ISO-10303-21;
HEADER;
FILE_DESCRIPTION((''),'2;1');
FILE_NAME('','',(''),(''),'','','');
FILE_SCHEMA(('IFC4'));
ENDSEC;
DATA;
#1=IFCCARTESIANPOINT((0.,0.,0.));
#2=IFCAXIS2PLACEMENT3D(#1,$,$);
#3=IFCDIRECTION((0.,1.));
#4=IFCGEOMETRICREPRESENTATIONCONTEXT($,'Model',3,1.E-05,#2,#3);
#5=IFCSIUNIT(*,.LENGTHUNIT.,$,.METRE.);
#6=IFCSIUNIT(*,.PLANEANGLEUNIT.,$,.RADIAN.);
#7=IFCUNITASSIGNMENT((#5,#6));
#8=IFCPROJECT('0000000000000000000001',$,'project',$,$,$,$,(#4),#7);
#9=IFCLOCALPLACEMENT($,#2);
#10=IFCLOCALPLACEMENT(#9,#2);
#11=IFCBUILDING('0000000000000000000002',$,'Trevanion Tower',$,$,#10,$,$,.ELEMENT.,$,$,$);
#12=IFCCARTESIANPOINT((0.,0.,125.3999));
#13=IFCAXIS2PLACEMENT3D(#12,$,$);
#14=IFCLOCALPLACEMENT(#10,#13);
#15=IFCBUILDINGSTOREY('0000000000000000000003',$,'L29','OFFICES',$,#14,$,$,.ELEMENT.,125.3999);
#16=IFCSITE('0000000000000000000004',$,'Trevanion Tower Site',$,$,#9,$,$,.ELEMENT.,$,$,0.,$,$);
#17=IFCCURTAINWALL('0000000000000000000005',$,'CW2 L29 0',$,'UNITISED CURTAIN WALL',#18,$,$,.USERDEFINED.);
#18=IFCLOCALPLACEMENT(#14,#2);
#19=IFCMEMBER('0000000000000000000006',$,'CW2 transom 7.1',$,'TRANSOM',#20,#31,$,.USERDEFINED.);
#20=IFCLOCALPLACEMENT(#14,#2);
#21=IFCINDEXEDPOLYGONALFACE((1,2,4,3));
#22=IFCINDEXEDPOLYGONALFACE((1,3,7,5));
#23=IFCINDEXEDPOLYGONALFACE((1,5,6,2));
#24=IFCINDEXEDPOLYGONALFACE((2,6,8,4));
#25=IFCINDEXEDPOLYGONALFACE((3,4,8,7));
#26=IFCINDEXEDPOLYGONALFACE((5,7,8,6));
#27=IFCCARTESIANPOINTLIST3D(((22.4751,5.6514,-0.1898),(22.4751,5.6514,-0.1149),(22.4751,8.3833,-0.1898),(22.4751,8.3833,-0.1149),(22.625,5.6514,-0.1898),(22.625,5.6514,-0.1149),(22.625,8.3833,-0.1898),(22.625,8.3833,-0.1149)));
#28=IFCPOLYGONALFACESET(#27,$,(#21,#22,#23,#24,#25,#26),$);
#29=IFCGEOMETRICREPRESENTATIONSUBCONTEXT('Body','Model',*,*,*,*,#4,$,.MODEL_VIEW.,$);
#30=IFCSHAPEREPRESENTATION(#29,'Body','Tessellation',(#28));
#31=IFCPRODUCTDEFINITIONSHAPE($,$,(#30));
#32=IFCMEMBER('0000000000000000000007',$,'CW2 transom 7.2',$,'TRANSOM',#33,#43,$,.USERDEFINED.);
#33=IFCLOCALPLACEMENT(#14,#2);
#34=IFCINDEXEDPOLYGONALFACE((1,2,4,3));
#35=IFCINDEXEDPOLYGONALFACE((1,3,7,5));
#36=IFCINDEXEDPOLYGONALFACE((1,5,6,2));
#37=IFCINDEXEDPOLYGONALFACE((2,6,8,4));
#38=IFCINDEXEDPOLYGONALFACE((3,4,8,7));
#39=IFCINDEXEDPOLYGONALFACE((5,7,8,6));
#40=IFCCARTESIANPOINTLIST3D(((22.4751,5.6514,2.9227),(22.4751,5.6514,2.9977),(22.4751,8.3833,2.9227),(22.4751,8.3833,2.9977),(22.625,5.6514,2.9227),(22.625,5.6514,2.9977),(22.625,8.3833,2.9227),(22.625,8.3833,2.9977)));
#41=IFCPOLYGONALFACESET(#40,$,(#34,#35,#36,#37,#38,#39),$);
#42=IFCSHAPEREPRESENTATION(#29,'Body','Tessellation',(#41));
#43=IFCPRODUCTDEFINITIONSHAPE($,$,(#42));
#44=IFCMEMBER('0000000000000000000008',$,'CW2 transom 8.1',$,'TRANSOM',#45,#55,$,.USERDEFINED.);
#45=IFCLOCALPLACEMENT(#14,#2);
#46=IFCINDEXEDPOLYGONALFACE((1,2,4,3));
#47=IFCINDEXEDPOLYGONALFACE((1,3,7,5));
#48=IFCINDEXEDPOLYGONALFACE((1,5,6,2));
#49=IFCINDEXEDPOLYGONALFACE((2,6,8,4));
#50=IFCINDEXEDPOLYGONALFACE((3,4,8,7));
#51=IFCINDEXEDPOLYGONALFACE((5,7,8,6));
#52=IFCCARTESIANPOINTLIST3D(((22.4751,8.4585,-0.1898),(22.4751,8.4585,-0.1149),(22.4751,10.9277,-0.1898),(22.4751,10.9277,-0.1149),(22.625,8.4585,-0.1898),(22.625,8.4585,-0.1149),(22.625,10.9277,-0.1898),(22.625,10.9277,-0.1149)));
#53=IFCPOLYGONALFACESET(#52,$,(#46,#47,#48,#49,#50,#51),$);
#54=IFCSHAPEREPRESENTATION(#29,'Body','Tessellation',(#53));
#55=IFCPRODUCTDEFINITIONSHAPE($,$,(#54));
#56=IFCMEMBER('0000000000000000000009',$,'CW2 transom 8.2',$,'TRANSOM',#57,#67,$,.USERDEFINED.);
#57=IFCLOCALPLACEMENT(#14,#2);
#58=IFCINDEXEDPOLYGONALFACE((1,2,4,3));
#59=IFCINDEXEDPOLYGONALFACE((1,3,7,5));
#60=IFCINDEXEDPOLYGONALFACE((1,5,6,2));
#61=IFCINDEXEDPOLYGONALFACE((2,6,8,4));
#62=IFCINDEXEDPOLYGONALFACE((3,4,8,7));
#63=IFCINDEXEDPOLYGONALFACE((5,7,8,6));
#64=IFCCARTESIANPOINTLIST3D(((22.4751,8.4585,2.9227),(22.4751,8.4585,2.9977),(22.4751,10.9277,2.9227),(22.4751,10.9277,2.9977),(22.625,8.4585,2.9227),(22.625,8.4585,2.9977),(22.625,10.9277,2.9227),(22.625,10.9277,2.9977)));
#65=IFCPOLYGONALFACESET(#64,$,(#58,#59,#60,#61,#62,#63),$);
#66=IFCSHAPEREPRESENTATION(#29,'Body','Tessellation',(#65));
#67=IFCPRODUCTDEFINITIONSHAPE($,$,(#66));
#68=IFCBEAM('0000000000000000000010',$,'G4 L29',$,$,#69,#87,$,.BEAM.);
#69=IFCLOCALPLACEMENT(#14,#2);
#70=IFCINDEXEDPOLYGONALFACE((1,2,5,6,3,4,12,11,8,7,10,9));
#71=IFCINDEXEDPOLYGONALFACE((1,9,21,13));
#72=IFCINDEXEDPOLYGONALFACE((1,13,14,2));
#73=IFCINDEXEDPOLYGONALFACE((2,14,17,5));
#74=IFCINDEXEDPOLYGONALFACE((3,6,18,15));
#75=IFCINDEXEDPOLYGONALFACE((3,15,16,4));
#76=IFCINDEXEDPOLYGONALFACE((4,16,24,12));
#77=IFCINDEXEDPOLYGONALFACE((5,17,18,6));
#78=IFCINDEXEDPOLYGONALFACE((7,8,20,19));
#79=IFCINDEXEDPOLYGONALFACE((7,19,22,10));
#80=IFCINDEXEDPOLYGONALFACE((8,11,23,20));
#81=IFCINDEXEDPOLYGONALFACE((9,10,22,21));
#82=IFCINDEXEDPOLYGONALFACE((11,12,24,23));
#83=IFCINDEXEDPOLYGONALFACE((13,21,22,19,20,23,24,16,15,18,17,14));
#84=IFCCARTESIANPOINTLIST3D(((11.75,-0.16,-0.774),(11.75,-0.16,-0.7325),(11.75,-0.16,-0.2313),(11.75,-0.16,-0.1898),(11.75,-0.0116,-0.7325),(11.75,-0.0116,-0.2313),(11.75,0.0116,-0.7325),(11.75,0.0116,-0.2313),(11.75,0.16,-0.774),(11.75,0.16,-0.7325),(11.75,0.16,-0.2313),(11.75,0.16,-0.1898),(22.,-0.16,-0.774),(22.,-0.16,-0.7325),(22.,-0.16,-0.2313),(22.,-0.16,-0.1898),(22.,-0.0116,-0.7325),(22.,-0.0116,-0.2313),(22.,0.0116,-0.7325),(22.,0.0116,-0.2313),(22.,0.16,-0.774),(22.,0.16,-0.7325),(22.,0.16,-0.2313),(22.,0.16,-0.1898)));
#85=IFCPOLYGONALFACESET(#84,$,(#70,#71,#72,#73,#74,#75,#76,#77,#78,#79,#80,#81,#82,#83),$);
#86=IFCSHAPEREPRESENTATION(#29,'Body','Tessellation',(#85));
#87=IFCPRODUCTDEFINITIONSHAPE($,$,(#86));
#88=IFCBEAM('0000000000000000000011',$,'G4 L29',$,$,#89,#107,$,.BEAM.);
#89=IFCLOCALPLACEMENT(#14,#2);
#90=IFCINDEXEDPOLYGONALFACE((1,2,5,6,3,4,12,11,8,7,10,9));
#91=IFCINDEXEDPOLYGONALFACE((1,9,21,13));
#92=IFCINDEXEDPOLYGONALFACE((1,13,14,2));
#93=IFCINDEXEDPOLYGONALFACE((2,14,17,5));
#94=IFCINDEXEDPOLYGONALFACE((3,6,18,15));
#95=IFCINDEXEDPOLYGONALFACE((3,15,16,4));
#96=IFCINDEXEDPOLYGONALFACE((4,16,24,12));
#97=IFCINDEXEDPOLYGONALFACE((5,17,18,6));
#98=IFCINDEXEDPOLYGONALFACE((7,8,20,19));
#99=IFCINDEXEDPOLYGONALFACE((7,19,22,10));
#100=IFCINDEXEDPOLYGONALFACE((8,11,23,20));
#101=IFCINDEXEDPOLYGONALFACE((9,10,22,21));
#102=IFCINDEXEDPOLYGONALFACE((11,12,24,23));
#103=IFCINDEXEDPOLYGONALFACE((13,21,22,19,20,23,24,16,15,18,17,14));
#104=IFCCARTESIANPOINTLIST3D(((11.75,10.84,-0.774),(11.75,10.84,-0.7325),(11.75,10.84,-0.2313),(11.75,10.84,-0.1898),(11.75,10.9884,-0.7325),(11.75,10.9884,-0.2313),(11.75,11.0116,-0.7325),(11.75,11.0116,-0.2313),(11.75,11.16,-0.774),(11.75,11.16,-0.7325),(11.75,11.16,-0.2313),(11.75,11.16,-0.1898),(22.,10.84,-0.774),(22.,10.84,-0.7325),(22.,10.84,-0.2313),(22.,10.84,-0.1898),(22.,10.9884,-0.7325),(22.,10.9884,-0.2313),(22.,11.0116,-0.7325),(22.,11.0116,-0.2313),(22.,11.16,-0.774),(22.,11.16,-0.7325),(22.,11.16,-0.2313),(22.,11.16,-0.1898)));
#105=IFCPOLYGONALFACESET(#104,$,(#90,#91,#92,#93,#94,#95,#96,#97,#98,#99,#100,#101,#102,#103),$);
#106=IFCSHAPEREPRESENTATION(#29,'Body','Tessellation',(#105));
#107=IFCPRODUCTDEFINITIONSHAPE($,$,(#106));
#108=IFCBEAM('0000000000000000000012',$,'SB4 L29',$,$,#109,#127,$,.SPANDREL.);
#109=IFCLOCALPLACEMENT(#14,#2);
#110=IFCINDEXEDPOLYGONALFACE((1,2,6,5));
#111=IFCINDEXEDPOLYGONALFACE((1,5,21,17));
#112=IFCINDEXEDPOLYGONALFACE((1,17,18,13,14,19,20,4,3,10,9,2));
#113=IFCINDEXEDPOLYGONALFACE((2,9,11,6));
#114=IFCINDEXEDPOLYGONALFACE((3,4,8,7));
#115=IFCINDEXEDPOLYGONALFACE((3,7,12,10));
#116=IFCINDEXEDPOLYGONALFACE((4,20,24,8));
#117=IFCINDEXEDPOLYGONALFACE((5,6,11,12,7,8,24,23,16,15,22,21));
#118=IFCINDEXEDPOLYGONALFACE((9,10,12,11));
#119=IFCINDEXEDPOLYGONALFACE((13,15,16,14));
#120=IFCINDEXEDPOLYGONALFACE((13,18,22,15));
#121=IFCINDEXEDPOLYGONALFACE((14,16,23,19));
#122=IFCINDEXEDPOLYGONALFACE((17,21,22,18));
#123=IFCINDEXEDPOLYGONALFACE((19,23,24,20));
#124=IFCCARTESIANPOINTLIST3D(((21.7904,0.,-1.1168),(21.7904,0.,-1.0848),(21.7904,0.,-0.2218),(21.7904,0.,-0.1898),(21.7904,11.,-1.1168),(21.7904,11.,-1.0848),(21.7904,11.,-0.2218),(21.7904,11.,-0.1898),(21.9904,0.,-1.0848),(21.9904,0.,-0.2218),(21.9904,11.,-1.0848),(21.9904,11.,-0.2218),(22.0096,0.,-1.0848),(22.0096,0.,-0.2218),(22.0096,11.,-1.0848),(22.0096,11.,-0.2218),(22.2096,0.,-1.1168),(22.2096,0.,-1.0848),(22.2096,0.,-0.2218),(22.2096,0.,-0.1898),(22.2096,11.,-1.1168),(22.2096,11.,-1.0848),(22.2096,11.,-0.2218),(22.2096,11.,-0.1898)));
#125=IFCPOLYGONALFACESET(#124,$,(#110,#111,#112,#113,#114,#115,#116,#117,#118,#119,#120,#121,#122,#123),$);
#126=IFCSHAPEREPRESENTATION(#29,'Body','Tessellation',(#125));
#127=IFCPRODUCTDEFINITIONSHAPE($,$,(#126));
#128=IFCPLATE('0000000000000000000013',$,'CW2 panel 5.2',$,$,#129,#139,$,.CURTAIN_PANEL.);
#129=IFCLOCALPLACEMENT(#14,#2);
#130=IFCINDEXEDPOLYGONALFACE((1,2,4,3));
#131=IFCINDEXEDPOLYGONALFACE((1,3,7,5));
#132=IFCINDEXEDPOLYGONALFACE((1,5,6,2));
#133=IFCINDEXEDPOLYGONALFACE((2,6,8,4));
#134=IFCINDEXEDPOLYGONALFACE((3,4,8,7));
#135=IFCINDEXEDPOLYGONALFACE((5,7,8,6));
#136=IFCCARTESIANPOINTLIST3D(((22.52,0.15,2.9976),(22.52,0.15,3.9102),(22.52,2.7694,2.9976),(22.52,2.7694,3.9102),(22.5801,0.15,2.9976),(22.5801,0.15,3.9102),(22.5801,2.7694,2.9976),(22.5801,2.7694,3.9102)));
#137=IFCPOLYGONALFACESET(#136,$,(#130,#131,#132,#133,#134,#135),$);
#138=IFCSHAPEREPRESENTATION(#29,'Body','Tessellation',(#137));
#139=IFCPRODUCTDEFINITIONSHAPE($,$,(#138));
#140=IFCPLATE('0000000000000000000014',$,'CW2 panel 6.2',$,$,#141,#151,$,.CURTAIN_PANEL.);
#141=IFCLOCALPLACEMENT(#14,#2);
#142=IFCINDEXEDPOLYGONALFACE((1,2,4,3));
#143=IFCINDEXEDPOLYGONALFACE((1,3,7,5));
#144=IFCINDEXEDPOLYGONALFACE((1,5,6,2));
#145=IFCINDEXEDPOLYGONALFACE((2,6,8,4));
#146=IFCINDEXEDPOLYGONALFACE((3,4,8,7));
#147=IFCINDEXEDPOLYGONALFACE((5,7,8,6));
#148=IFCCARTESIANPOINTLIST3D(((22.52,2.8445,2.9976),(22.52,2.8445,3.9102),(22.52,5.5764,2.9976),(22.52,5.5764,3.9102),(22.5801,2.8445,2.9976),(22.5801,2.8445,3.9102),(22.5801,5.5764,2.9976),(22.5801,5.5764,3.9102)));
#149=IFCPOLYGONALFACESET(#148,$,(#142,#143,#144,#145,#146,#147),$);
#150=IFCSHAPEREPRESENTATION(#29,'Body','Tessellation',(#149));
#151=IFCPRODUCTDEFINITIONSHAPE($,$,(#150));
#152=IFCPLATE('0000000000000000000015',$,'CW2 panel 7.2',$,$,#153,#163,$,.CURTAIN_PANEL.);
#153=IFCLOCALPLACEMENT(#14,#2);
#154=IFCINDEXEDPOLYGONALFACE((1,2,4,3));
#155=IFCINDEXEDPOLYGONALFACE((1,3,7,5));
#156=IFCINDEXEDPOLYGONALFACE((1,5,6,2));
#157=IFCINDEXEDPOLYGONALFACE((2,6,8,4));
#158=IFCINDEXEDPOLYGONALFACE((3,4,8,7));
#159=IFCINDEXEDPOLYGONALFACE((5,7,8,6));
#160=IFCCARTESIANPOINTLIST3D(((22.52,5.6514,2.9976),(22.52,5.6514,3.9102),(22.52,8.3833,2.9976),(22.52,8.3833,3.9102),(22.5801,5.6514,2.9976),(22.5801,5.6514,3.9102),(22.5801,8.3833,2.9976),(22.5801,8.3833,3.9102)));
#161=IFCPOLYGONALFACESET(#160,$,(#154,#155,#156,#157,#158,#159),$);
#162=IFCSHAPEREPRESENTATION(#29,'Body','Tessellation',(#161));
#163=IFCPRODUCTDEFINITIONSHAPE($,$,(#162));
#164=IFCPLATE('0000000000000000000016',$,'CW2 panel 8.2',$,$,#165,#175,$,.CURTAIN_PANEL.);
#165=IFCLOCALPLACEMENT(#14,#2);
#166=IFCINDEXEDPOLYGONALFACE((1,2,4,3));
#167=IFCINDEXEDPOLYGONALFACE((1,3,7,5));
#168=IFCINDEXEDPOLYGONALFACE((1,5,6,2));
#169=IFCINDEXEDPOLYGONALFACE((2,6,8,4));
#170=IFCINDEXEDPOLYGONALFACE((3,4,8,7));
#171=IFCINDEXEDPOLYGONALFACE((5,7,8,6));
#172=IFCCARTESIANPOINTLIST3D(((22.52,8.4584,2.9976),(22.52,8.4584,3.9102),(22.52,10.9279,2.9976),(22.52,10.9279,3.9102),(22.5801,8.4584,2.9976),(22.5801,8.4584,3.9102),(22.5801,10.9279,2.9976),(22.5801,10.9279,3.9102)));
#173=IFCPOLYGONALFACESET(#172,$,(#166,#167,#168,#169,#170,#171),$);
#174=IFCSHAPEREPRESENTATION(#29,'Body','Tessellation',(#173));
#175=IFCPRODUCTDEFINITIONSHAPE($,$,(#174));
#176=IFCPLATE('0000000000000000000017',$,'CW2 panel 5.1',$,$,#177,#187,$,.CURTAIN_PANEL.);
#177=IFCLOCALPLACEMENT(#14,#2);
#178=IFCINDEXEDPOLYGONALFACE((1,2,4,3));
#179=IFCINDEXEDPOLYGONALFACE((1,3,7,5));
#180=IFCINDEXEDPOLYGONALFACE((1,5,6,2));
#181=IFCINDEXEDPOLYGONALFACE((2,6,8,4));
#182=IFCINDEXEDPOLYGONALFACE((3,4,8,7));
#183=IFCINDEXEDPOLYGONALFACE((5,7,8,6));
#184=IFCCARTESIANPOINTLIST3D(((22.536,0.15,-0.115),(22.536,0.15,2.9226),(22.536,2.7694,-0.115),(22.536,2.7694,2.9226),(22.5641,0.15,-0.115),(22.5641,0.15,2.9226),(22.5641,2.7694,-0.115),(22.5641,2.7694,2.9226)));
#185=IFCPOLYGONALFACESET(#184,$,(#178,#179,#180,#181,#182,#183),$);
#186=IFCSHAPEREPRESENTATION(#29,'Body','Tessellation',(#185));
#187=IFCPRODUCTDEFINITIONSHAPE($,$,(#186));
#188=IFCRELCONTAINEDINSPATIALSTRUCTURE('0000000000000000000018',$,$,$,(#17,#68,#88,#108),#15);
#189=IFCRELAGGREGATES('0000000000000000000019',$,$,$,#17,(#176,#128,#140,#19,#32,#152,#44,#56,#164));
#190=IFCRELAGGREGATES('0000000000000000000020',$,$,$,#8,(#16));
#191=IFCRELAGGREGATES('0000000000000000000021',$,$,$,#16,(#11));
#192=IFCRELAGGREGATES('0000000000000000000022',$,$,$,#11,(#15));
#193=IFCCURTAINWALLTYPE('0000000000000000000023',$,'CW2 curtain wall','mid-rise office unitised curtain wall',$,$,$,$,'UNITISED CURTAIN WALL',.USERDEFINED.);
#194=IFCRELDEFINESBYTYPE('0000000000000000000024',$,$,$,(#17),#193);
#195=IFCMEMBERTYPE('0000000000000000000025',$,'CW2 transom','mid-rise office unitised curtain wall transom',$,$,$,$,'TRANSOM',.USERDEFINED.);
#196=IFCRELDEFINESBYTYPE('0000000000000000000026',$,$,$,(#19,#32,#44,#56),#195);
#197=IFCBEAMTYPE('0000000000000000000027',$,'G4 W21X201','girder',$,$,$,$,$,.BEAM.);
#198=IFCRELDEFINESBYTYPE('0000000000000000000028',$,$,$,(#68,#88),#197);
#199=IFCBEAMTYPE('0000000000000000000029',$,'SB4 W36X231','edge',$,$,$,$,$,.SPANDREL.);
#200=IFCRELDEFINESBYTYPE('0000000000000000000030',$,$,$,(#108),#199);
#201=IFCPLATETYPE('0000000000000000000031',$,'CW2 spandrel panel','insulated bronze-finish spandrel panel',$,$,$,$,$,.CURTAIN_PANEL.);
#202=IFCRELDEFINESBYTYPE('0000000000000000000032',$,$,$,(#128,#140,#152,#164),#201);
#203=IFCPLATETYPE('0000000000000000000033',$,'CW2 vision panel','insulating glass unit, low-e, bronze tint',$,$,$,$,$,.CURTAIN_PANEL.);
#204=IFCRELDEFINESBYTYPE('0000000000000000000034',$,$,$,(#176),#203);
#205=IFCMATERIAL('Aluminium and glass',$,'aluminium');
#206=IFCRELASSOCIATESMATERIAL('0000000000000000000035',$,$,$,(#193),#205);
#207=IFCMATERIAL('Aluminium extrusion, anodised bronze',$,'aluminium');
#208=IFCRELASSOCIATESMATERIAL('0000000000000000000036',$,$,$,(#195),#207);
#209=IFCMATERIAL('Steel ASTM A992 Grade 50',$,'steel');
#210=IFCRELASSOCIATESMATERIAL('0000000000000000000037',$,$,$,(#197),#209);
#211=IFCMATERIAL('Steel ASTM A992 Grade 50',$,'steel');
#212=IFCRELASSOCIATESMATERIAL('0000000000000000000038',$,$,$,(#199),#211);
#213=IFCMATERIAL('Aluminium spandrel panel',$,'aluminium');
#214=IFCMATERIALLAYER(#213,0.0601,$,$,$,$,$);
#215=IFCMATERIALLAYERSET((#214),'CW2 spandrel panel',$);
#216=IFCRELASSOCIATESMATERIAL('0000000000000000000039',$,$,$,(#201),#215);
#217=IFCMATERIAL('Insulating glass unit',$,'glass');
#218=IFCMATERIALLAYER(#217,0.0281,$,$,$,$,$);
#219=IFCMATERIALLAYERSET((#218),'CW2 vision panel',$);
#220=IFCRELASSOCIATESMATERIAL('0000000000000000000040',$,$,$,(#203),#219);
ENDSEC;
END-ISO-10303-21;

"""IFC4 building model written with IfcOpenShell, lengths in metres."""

from ifc_helpers import new_model, si_unit, direction, frame, origin, origin_2d, place, context, subcontext, project, spatial, rectangle, i_section, extrude, material, layer, layer_set, material_profile, profile_set, type_object, element, aggregate, save


model = new_model("IFC4")

# Units and contexts
model_context = context("Model", 3, precision=1e-05, world=origin(), true_north=direction((0.0, 1.0)))
body_context = subcontext(model_context, "Body", "Model", "MODEL_VIEW")
ifc_project = project(units=[si_unit("LENGTHUNIT", "METRE"), si_unit("PLANEANGLEUNIT", "RADIAN")], contexts=[model_context])

# Site, building, storey
site_placement = place(None, origin())
site = spatial("IfcSite", under=ifc_project, at=site_placement, Name="Trevanion Tower Site", CompositionType="ELEMENT", RefElevation=0.0)
building_placement = place(site_placement, origin())
building = spatial("IfcBuilding", under=site, at=building_placement, Name="Trevanion Tower", CompositionType="ELEMENT")
storey_placement = place(building_placement, frame((0.0, 0.0, 125.3999)))
storey = spatial("IfcBuildingStorey", under=building, at=storey_placement, Name="L29", Description="OFFICES", CompositionType="ELEMENT", Elevation=125.3999)

# Curtain wall, members
ifc_material_1 = material(Name="Aluminium and glass", Category="aluminium")
curtain_wall_type = type_object("IfcCurtainWallType", Name="CW2 curtain wall", Description="mid-rise office unitised curtain wall", ElementType="UNITISED CURTAIN WALL", PredefinedType="USERDEFINED", material=ifc_material_1)
curtain_wall_placement = place(storey_placement, origin())
curtain_wall = element("IfcCurtainWall", 1, at=curtain_wall_placement, inside=storey, type_object=curtain_wall_type, Name="CW2 L29 0", ObjectType="UNITISED CURTAIN WALL", PredefinedType="USERDEFINED")
ifc_material_2 = material(Name="Aluminium extrusion, anodised bronze", Category="aluminium")
ifc_material_profile_1 = material_profile(ifc_material_2, rectangle(XDim=0.1499, YDim=0.075, at=origin_2d()), Name="CW2 transom")
ifc_profile_set_1 = profile_set([ifc_material_profile_1], Name="Aluminium extrusion, anodised bronze")
member_type_1 = type_object("IfcMemberType", Name="CW2 transom", Description="mid-rise office unitised curtain wall transom", ElementType="TRANSOM", PredefinedType="USERDEFINED", material=ifc_profile_set_1)
member_1_placement = place(storey_placement, frame((22.55, 5.6514, -0.1523), z_axis=(0.0, 1.0, 0.0), x_axis=(-1.0, 0.0, 0.0)))
member_1 = element("IfcMember", 2, at=member_1_placement, type_object=member_type_1, Name="CW2 transom 7.1", ObjectType="TRANSOM", PredefinedType="USERDEFINED", context=body_context, shape_type="SweptSolid", body=[
    extrude(rectangle(XDim=0.1499, YDim=0.075, at=origin_2d()), origin(), (0.0, 0.0, 1.0), 2.7319),
])
member_2_placement = place(storey_placement, frame((22.55, 5.6514, 2.9602), z_axis=(0.0, 1.0, 0.0), x_axis=(-1.0, 0.0, 0.0)))
member_2 = element("IfcMember", 3, at=member_2_placement, type_object=member_type_1, Name="CW2 transom 7.2", ObjectType="TRANSOM", PredefinedType="USERDEFINED", context=body_context, shape_type="SweptSolid", body=[
    extrude(rectangle(XDim=0.1499, YDim=0.075, at=origin_2d()), origin(), (0.0, 0.0, 1.0), 2.7319),
])
member_3_placement = place(storey_placement, frame((22.55, 8.4585, -0.1523), z_axis=(0.0, 1.0, 0.0), x_axis=(-1.0, 0.0, 0.0)))
member_3 = element("IfcMember", 4, at=member_3_placement, type_object=member_type_1, Name="CW2 transom 8.1", ObjectType="TRANSOM", PredefinedType="USERDEFINED", context=body_context, shape_type="SweptSolid", body=[
    extrude(rectangle(XDim=0.1499, YDim=0.075, at=origin_2d()), origin(), (0.0, 0.0, 1.0), 2.4692),
])
member_4_placement = place(storey_placement, frame((22.55, 8.4585, 2.9602), z_axis=(0.0, 1.0, 0.0), x_axis=(-1.0, 0.0, 0.0)))
member_4 = element("IfcMember", 5, at=member_4_placement, type_object=member_type_1, Name="CW2 transom 8.2", ObjectType="TRANSOM", PredefinedType="USERDEFINED", context=body_context, shape_type="SweptSolid", body=[
    extrude(rectangle(XDim=0.1499, YDim=0.075, at=origin_2d()), origin(), (0.0, 0.0, 1.0), 2.4692),
])

# Beams
ifc_material_3 = material(Name="Steel ASTM A992 Grade 50", Category="steel")
ifc_material_profile_2 = material_profile(ifc_material_3, i_section(OverallWidth=0.3201, OverallDepth=0.5842, WebThickness=0.0232, FlangeThickness=0.0415, at=origin_2d()), Name="W21X201")
ifc_profile_set_2 = profile_set([ifc_material_profile_2], Name="Steel ASTM A992 Grade 50")
beam_type_1 = type_object("IfcBeamType", Name="G4 W21X201", Description="girder", PredefinedType="BEAM", material=ifc_profile_set_2)
for number, where, z_axis, x_axis, name in (
    (6, (11.75, 0.0, -0.4819), (1.0, 0.0, 0.0), (0.0, 1.0, 0.0), "G4 L29"),
    (7, (11.75, 11.0, -0.4819), (1.0, 0.0, 0.0), (0.0, 1.0, 0.0), "G4 L29"),
):
    element("IfcBeam", number, at=place(storey_placement, frame(where, z_axis=z_axis, x_axis=x_axis)), inside=storey, type_object=beam_type_1, Name=name, PredefinedType="BEAM", context=body_context, shape_type="SweptSolid", body=[
        extrude(i_section(OverallWidth=0.3201, OverallDepth=0.5842, WebThickness=0.0232, FlangeThickness=0.0415, at=origin_2d()), origin(), (0.0, 0.0, 1.0), 10.25),
    ])
ifc_material_4 = material(Name="Steel ASTM A992 Grade 50", Category="steel")
ifc_material_profile_3 = material_profile(ifc_material_4, i_section(OverallWidth=0.4192, OverallDepth=0.927, WebThickness=0.0193, FlangeThickness=0.032, at=origin_2d()), Name="W36X231")
ifc_profile_set_3 = profile_set([ifc_material_profile_3], Name="Steel ASTM A992 Grade 50")
beam_type_2 = type_object("IfcBeamType", Name="SB4 W36X231", Description="edge", PredefinedType="SPANDREL", material=ifc_profile_set_3)
beam_placement = place(storey_placement, frame((22.0, 0.0, -0.6533), z_axis=(0.0, 1.0, 0.0), x_axis=(-1.0, 0.0, 0.0)))
element("IfcBeam", 8, at=beam_placement, inside=storey, type_object=beam_type_2, Name="SB4 L29", PredefinedType="SPANDREL", context=body_context, shape_type="SweptSolid", body=[
    extrude(i_section(OverallWidth=0.4192, OverallDepth=0.927, WebThickness=0.0193, FlangeThickness=0.032, at=origin_2d()), origin(), (0.0, 0.0, 1.0), 11.0),
])

# Plates
ifc_material_5 = material(Name="Aluminium spandrel panel", Category="aluminium")
ifc_layer_1 = layer(ifc_material_5, 0.0601)
ifc_layer_set_1 = layer_set([ifc_layer_1], Name="CW2 spandrel panel")
plate_type_1 = type_object("IfcPlateType", Name="CW2 spandrel panel", Description="insulated bronze-finish spandrel panel", PredefinedType="CURTAIN_PANEL", material=ifc_layer_set_1)
plate_1_placement = place(storey_placement, frame((22.55, 1.4597, 2.9976), z_axis=(0.0, 0.0, 1.0), x_axis=(0.0, 1.0, 0.0)))
plate_1 = element("IfcPlate", 9, at=plate_1_placement, type_object=plate_type_1, Name="CW2 panel 5.2", PredefinedType="CURTAIN_PANEL", context=body_context, shape_type="SweptSolid", body=[
    extrude(rectangle(XDim=2.6194, YDim=0.0601, at=origin_2d()), origin(), (0.0, 0.0, 1.0), 0.9126),
])
plate_2_placement = place(storey_placement, frame((22.55, 4.2104, 2.9976), z_axis=(0.0, 0.0, 1.0), x_axis=(0.0, 1.0, 0.0)))
plate_2 = element("IfcPlate", 10, at=plate_2_placement, type_object=plate_type_1, Name="CW2 panel 6.2", PredefinedType="CURTAIN_PANEL", context=body_context, shape_type="SweptSolid", body=[
    extrude(rectangle(XDim=2.7319, YDim=0.0601, at=origin_2d()), origin(), (0.0, 0.0, 1.0), 0.9126),
])
plate_3_placement = place(storey_placement, frame((22.55, 7.0173, 2.9976), z_axis=(0.0, 0.0, 1.0), x_axis=(0.0, 1.0, 0.0)))
plate_3 = element("IfcPlate", 11, at=plate_3_placement, type_object=plate_type_1, Name="CW2 panel 7.2", PredefinedType="CURTAIN_PANEL", context=body_context, shape_type="SweptSolid", body=[
    extrude(rectangle(XDim=2.7319, YDim=0.0601, at=origin_2d()), origin(), (0.0, 0.0, 1.0), 0.9126),
])
plate_4_placement = place(storey_placement, frame((22.55, 9.6931, 2.9976), z_axis=(0.0, 0.0, 1.0), x_axis=(0.0, 1.0, 0.0)))
plate_4 = element("IfcPlate", 12, at=plate_4_placement, type_object=plate_type_1, Name="CW2 panel 8.2", PredefinedType="CURTAIN_PANEL", context=body_context, shape_type="SweptSolid", body=[
    extrude(rectangle(XDim=2.4695, YDim=0.0601, at=origin_2d()), origin(), (0.0, 0.0, 1.0), 0.9126),
])
ifc_material_6 = material(Name="Insulating glass unit", Category="glass")
ifc_layer_2 = layer(ifc_material_6, 0.0281)
ifc_layer_set_2 = layer_set([ifc_layer_2], Name="CW2 vision panel")
plate_type_2 = type_object("IfcPlateType", Name="CW2 vision panel", Description="insulating glass unit, low-e, bronze tint", PredefinedType="CURTAIN_PANEL", material=ifc_layer_set_2)
plate_5_placement = place(storey_placement, frame((22.55, 1.4597, -0.115), z_axis=(0.0, 0.0, 1.0), x_axis=(0.0, 1.0, 0.0)))
plate_5 = element("IfcPlate", 13, at=plate_5_placement, type_object=plate_type_2, Name="CW2 panel 5.1", PredefinedType="CURTAIN_PANEL", context=body_context, shape_type="SweptSolid", body=[
    extrude(rectangle(XDim=2.6194, YDim=0.0281, at=origin_2d()), origin(), (0.0, 0.0, 1.0), 3.0376),
])
aggregate(curtain_wall, [plate_5, plate_1, plate_2, member_1, member_2, plate_3, member_3, member_4, plate_4])

save(model, "model.ifc")
